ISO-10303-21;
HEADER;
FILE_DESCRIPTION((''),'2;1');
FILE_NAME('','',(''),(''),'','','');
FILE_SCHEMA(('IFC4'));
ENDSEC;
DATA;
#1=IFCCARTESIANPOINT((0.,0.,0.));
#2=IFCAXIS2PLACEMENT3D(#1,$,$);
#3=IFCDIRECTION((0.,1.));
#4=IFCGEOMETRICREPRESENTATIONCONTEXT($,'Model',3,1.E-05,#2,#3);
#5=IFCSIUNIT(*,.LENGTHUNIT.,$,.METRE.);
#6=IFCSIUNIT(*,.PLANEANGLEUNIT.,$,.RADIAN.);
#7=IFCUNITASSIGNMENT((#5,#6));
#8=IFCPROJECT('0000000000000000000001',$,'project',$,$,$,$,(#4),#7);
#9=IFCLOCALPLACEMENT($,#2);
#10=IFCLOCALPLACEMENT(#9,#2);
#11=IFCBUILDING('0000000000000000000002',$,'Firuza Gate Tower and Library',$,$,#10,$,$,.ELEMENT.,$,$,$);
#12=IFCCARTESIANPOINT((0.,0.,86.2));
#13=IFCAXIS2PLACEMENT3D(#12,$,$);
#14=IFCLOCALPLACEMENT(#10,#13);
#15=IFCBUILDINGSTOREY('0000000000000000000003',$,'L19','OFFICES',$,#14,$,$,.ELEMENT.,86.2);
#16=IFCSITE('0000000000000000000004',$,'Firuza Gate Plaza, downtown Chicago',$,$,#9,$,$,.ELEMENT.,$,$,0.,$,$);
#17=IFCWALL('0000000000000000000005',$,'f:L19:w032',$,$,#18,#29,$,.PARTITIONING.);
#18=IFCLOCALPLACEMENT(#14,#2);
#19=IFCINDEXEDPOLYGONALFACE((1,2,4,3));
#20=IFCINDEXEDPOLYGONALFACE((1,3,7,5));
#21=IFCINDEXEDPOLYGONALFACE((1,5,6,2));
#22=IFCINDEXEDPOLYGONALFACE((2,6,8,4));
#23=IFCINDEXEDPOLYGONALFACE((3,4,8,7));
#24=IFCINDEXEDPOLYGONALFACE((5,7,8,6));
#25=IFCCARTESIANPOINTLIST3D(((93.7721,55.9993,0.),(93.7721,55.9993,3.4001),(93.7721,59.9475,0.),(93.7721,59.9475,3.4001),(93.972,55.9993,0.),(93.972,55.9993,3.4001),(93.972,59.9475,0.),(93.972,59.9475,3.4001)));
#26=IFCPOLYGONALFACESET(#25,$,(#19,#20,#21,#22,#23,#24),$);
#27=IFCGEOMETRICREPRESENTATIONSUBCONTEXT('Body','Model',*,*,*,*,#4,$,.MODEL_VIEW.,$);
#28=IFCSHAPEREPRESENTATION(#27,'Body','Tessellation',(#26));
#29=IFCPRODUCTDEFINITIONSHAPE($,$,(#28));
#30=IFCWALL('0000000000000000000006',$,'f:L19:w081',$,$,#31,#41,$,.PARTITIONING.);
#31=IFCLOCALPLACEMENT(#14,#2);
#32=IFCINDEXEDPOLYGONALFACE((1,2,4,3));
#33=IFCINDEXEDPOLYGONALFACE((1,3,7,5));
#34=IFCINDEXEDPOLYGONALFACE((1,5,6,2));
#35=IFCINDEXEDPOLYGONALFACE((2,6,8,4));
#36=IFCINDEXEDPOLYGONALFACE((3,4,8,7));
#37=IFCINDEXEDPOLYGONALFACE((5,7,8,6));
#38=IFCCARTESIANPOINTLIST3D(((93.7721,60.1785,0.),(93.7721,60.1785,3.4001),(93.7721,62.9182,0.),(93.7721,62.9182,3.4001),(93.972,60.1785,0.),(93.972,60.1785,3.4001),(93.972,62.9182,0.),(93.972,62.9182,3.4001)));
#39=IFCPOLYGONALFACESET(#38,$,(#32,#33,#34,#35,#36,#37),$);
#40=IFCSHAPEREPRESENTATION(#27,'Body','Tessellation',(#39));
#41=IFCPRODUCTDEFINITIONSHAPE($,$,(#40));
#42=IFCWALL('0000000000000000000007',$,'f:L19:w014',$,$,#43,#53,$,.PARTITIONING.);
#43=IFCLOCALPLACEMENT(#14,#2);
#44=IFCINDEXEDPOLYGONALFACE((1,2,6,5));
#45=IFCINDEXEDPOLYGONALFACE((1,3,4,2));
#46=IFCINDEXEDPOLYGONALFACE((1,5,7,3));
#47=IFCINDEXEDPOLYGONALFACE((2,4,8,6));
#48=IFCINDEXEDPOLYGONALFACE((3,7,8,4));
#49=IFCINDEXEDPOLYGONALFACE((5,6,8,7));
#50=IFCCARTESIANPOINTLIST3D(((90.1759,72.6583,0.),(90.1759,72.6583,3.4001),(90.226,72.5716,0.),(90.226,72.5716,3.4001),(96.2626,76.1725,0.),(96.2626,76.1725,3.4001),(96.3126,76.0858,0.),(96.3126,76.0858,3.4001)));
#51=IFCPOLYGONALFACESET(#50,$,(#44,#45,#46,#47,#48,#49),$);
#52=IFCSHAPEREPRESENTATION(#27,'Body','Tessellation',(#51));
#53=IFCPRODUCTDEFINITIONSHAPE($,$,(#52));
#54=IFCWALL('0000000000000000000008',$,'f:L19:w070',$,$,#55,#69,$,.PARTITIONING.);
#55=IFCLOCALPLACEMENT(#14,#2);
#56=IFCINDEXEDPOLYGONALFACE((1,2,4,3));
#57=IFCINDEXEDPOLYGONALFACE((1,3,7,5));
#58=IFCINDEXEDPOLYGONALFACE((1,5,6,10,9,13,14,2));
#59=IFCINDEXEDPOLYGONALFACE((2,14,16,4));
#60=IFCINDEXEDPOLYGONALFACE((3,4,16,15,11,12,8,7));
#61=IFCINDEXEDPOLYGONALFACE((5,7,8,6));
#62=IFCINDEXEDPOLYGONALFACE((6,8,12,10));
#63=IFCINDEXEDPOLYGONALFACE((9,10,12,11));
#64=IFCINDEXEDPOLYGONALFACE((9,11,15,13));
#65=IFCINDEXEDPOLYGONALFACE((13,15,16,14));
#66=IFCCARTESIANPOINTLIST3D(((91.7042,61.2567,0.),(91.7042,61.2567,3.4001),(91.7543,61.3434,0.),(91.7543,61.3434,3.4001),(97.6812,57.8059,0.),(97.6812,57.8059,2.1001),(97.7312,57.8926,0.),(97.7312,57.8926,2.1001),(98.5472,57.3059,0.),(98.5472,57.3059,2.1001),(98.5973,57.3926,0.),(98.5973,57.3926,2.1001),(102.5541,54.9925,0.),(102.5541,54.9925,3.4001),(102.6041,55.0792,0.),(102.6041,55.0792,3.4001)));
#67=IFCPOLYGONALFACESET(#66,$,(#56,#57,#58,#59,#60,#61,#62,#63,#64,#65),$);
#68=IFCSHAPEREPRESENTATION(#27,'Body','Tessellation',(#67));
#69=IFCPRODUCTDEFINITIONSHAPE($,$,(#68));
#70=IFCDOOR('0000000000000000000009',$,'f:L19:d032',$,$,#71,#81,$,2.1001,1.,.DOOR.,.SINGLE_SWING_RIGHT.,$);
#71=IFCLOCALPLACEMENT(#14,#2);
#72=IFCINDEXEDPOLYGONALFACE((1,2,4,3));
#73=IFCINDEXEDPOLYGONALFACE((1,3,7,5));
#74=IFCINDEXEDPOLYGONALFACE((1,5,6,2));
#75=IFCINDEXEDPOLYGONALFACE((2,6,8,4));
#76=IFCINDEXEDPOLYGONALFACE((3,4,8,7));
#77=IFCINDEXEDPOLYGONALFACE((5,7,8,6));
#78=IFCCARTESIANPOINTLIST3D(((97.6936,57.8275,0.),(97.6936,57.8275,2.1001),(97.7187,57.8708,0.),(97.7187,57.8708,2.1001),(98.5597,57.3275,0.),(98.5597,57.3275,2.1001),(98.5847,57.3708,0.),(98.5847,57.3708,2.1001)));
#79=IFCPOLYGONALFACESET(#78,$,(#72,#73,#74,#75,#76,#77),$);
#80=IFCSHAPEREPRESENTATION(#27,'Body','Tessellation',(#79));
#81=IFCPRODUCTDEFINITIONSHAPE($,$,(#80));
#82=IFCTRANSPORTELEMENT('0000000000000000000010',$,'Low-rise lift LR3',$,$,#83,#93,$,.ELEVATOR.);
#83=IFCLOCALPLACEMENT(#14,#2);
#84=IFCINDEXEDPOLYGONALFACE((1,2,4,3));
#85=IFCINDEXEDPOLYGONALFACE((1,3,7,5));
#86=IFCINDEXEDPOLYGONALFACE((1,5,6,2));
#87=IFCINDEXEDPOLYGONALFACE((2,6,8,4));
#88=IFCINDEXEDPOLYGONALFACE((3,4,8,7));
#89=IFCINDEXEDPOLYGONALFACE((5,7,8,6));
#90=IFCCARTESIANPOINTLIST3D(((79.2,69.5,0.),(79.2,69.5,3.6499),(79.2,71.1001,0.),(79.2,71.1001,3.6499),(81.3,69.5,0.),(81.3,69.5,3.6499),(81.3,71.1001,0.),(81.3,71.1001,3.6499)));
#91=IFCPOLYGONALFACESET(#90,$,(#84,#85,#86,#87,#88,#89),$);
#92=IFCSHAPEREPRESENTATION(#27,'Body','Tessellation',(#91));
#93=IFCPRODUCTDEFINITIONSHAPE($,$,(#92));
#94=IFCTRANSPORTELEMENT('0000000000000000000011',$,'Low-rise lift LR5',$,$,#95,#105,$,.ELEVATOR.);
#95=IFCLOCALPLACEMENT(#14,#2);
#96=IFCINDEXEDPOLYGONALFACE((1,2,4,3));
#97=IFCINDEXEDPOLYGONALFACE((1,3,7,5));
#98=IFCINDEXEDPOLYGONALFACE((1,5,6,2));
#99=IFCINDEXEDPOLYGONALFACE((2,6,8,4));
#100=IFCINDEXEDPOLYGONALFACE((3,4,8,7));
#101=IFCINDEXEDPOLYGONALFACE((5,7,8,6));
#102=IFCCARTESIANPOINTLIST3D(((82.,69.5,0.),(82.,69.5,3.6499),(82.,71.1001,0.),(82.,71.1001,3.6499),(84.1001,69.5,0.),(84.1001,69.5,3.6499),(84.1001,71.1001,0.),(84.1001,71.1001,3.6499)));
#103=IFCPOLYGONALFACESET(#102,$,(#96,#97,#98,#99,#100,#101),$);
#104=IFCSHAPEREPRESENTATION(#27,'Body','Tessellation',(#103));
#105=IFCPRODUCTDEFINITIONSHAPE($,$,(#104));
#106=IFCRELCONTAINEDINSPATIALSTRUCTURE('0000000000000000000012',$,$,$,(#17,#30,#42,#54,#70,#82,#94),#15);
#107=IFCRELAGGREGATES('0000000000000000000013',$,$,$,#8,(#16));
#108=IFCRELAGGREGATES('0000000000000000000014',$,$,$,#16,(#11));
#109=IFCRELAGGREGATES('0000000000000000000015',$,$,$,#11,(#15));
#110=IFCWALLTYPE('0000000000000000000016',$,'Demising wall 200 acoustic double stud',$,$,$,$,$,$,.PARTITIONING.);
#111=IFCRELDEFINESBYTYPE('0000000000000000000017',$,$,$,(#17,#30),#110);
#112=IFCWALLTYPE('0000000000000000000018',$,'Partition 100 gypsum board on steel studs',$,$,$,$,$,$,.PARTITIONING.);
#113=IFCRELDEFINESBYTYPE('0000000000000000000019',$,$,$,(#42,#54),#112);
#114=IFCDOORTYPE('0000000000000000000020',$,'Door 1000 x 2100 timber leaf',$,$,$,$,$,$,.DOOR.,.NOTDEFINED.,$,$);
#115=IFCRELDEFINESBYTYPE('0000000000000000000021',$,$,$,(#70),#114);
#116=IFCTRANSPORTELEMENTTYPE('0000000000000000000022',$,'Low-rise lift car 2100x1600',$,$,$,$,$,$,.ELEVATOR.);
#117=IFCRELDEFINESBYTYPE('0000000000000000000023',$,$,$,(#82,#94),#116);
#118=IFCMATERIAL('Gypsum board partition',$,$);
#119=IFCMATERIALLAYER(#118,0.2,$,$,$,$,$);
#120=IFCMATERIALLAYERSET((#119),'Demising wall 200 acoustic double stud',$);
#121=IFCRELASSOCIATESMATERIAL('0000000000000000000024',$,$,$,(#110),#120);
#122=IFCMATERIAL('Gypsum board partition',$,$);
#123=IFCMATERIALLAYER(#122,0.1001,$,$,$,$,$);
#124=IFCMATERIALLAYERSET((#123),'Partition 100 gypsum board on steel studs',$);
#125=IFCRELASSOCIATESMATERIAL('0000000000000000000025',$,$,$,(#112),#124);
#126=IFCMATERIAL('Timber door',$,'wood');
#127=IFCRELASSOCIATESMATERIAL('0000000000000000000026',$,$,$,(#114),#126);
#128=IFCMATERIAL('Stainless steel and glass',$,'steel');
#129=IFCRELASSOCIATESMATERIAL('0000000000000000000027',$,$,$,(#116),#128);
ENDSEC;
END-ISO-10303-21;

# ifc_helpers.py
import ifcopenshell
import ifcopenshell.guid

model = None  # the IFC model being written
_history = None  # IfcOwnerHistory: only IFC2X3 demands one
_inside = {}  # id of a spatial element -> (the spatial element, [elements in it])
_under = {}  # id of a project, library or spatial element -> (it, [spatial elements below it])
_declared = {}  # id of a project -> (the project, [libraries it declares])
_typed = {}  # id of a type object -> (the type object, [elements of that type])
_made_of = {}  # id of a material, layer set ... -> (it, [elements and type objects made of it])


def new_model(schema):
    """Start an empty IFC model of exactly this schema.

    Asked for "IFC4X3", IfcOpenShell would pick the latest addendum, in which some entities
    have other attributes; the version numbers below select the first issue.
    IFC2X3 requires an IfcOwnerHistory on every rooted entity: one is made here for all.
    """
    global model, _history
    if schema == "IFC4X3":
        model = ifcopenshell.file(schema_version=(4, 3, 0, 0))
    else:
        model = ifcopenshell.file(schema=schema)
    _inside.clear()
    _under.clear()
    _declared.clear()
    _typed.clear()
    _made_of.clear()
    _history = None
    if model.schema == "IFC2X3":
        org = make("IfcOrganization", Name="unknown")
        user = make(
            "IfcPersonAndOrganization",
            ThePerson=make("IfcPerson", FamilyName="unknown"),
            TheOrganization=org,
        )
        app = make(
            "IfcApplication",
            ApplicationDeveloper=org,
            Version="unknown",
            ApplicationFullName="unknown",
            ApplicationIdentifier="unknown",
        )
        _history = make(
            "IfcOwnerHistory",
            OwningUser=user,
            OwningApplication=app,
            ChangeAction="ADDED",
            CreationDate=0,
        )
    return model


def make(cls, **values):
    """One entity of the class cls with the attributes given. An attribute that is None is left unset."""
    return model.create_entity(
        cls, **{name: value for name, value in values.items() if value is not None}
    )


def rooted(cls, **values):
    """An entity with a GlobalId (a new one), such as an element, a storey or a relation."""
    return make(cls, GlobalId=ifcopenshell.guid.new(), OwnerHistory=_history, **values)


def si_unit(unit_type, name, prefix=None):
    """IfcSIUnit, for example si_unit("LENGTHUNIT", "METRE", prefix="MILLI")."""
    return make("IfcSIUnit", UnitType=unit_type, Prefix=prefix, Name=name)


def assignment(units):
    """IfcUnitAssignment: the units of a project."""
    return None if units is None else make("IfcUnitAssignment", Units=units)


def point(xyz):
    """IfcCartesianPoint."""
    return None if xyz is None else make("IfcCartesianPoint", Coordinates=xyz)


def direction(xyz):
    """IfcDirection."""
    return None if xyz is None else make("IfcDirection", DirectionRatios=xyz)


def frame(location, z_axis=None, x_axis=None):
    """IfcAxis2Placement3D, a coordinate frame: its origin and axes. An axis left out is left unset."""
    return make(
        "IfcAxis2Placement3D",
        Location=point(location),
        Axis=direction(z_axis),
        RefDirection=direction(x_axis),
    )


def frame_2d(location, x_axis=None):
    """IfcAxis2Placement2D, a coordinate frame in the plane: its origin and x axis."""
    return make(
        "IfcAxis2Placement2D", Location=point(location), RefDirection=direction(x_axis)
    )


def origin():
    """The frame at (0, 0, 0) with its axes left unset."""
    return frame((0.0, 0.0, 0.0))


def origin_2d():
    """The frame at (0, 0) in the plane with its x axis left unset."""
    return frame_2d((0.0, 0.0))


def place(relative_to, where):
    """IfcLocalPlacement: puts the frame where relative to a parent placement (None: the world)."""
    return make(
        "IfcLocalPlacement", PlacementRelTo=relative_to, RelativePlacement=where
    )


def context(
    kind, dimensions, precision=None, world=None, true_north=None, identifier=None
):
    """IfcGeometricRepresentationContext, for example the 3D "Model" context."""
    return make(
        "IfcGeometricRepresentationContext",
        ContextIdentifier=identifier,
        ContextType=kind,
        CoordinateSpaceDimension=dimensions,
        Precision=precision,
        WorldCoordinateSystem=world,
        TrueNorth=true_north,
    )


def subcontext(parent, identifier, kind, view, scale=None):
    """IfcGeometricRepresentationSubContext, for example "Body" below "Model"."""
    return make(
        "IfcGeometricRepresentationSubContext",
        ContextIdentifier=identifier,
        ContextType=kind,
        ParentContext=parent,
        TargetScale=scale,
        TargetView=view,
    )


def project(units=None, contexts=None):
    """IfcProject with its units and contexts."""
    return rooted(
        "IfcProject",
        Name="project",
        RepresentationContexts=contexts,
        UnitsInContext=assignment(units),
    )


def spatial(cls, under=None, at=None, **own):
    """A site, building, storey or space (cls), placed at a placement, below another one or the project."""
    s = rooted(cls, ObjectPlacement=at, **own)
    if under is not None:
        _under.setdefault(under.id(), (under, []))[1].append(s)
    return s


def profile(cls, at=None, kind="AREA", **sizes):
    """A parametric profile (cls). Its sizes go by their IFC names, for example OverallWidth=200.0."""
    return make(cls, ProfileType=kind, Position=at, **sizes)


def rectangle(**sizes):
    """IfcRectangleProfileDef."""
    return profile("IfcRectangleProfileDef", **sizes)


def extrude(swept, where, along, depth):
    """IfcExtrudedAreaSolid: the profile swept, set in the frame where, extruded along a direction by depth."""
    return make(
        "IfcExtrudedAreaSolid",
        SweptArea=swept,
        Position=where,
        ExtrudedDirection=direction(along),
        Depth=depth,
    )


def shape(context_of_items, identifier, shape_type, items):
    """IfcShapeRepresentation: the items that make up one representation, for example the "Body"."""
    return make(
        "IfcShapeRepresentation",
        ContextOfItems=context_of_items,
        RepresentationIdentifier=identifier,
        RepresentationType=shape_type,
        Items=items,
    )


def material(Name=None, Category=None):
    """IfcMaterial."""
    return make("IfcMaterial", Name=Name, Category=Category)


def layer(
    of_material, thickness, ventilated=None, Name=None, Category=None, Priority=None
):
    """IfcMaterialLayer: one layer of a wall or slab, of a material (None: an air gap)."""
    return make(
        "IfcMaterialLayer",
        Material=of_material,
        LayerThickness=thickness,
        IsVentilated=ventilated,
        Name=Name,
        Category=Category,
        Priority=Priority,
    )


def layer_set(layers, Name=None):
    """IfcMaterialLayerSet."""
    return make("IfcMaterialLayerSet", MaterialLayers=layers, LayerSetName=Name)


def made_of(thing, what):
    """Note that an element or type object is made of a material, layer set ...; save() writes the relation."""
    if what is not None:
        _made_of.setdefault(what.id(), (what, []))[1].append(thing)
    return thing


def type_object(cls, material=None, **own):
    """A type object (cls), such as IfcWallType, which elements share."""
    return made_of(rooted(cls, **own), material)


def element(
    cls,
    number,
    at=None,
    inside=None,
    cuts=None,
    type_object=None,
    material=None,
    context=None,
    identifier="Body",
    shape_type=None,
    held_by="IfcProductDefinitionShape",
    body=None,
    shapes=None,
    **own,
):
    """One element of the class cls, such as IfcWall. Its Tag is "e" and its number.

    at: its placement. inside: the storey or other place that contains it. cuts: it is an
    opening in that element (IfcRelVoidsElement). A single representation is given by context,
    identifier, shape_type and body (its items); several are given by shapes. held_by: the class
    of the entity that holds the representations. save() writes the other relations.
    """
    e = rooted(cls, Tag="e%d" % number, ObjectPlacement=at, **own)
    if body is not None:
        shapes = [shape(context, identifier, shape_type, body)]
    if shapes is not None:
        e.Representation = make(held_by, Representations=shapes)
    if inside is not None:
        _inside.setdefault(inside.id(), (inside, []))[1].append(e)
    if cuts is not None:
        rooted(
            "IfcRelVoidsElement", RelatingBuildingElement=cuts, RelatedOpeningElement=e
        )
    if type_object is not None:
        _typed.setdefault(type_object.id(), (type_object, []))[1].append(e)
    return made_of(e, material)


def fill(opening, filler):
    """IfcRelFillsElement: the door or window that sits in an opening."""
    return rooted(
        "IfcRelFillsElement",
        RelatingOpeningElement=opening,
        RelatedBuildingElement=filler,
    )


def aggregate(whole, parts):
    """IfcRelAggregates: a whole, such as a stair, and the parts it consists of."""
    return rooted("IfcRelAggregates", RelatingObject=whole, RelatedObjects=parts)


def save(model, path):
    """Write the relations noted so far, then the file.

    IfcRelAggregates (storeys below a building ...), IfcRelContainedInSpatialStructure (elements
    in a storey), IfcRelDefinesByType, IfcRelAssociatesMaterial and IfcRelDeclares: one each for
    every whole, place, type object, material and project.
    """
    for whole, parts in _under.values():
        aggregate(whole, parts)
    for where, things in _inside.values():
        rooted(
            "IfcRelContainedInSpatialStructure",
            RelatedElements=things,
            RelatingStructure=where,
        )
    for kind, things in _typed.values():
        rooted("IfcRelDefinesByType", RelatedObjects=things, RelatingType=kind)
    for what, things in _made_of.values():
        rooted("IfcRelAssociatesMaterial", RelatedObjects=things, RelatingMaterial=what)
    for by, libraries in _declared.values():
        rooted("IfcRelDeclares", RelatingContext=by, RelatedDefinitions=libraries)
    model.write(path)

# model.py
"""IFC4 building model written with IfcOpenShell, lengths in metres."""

from ifc_helpers import new_model, si_unit, direction, frame, frame_2d, origin, origin_2d, place, context, subcontext, project, spatial, rectangle, extrude, material, layer, layer_set, type_object, element, fill, save


model = new_model("IFC4")

# Units and contexts
model_context = context("Model", 3, precision=1e-05, world=origin(), true_north=direction((0.0, 1.0)))
body_context = subcontext(model_context, "Body", "Model", "MODEL_VIEW")
ifc_project = project(units=[si_unit("LENGTHUNIT", "METRE"), si_unit("PLANEANGLEUNIT", "RADIAN")], contexts=[model_context])

# Site, building, storey
site_placement = place(None, origin())
site = spatial("IfcSite", under=ifc_project, at=site_placement, Name="Firuza Gate Plaza, downtown Chicago", CompositionType="ELEMENT", RefElevation=0.0)
building_placement = place(site_placement, origin())
building = spatial("IfcBuilding", under=site, at=building_placement, Name="Firuza Gate Tower and Library", CompositionType="ELEMENT")
storey_placement = place(building_placement, frame((0.0, 0.0, 86.2)))
storey = spatial("IfcBuildingStorey", under=building, at=storey_placement, Name="L19", Description="OFFICES", CompositionType="ELEMENT", Elevation=86.2)

# Walls
ifc_material_1 = material(Name="Gypsum board partition")
ifc_layer_1 = layer(ifc_material_1, 0.2)
ifc_layer_set_1 = layer_set([ifc_layer_1], Name="Demising wall 200 acoustic double stud")
wall_type_1 = type_object("IfcWallType", Name="Demising wall 200 acoustic double stud", PredefinedType="PARTITIONING", material=ifc_layer_set_1)
wall_1_placement = place(storey_placement, frame((93.8721, 55.9993, 0.0), z_axis=(0.0, 0.0, 1.0), x_axis=(0.0, 1.0, 0.0)))
element("IfcWall", 1, at=wall_1_placement, inside=storey, type_object=wall_type_1, Name="f:L19:w032", PredefinedType="PARTITIONING", context=body_context, shape_type="SweptSolid", body=[
    extrude(rectangle(XDim=3.9482, YDim=0.2, at=frame_2d((1.9741, 0.0))), origin(), (0.0, 0.0, 1.0), 3.4001),
])
wall_2_placement = place(storey_placement, frame((93.8721, 60.1785, 0.0), z_axis=(0.0, 0.0, 1.0), x_axis=(0.0, 1.0, 0.0)))
element("IfcWall", 2, at=wall_2_placement, inside=storey, type_object=wall_type_1, Name="f:L19:w081", PredefinedType="PARTITIONING", context=body_context, shape_type="SweptSolid", body=[
    extrude(rectangle(XDim=2.7397, YDim=0.2, at=frame_2d((1.3699, 0.0))), origin(), (0.0, 0.0, 1.0), 3.4001),
])
ifc_material_2 = material(Name="Gypsum board partition")
ifc_layer_2 = layer(ifc_material_2, 0.1001)
ifc_layer_set_2 = layer_set([ifc_layer_2], Name="Partition 100 gypsum board on steel studs")
wall_type_2 = type_object("IfcWallType", Name="Partition 100 gypsum board on steel studs", PredefinedType="PARTITIONING", material=ifc_layer_set_2)
wall_3_placement = place(storey_placement, frame((90.2009, 72.615, 0.0), z_axis=(0.0, 0.0, 1.0), x_axis=(0.866024, 0.500002, 0.0)))
element("IfcWall", 3, at=wall_3_placement, inside=storey, type_object=wall_type_2, Name="f:L19:w014", PredefinedType="PARTITIONING", context=body_context, shape_type="SweptSolid", body=[
    extrude(rectangle(XDim=7.0283, YDim=0.1001, at=frame_2d((3.5142, 0.0))), origin(), (0.0, 0.0, 1.0), 3.4001),
])

# Wall, opening, door
wall_4_placement = place(storey_placement, frame((91.7292, 61.3, 0.0), z_axis=(0.0, 0.0, 1.0), x_axis=(0.866026, -0.5, 0.0)))
wall_4 = element("IfcWall", 4, at=wall_4_placement, inside=storey, type_object=wall_type_2, Name="f:L19:w070", PredefinedType="PARTITIONING", context=body_context, shape_type="SweptSolid", body=[
    extrude(rectangle(XDim=12.5283, YDim=0.1001, at=frame_2d((6.2642, 0.0))), origin(), (0.0, 0.0, 1.0), 3.4001),
])
opening_1_placement = place(wall_4_placement, frame((6.9016, 0.0, 0.0)))
opening_1 = element("IfcOpeningElement", 5, at=opening_1_placement, cuts=wall_4, PredefinedType="OPENING", context=body_context, shape_type="SweptSolid", body=[
    extrude(rectangle(XDim=1.0, YDim=2.1001, at=frame_2d((0.5, 1.05))), frame((0.0, 0.0601, 0.0), z_axis=(0.0, -1.0, 0.0), x_axis=(1.0, 0.0, 0.0)), (0.0, 0.0, 1.0), 0.1201),
])
ifc_material_3 = material(Name="Timber door", Category="wood")
door_type_1 = type_object("IfcDoorType", Name="Door 1000 x 2100 timber leaf", OperationType="NOTDEFINED", PredefinedType="DOOR", material=ifc_material_3)
door_1_placement = place(opening_1_placement, origin())
door_1 = element("IfcDoor", 6, at=door_1_placement, inside=storey, type_object=door_type_1, Name="f:L19:d032", OperationType="SINGLE_SWING_RIGHT", OverallHeight=2.1001, OverallWidth=1.0, PredefinedType="DOOR", context=body_context, shape_type="SweptSolid", body=[
    extrude(rectangle(XDim=1.0, YDim=2.1001, at=frame_2d((0.5, 1.05))), frame((0.0, 0.0249, 0.0), z_axis=(0.0, -1.0, 0.0), x_axis=(1.0, 0.0, 0.0)), (0.0, 0.0, 1.0), 0.05),
])
fill(opening_1, door_1)

# Transport elements
ifc_material_4 = material(Name="Stainless steel and glass", Category="steel")
transport_element_type = type_object("IfcTransportElementType", Name="Low-rise lift car 2100x1600", PredefinedType="ELEVATOR", material=ifc_material_4)
for number, where, z_axis, x_axis, name in (
    (7, (80.25, 70.3, 0.0), (0.0, 0.0, 1.0), (1.0, 0.0, 0.0), "Low-rise lift LR3"),
    (8, (83.05, 70.3, 0.0), (0.0, 0.0, 1.0), (1.0, 0.0, 0.0), "Low-rise lift LR5"),
):
    element("IfcTransportElement", number, at=place(storey_placement, frame(where, z_axis=z_axis, x_axis=x_axis)), inside=storey, type_object=transport_element_type, Name=name, PredefinedType="ELEVATOR", context=body_context, shape_type="SweptSolid", body=[
        extrude(rectangle(XDim=2.1001, YDim=1.6001, at=origin_2d()), origin(), (0.0, 0.0, 1.0), 3.6499),
    ])

save(model, "model.ifc")
